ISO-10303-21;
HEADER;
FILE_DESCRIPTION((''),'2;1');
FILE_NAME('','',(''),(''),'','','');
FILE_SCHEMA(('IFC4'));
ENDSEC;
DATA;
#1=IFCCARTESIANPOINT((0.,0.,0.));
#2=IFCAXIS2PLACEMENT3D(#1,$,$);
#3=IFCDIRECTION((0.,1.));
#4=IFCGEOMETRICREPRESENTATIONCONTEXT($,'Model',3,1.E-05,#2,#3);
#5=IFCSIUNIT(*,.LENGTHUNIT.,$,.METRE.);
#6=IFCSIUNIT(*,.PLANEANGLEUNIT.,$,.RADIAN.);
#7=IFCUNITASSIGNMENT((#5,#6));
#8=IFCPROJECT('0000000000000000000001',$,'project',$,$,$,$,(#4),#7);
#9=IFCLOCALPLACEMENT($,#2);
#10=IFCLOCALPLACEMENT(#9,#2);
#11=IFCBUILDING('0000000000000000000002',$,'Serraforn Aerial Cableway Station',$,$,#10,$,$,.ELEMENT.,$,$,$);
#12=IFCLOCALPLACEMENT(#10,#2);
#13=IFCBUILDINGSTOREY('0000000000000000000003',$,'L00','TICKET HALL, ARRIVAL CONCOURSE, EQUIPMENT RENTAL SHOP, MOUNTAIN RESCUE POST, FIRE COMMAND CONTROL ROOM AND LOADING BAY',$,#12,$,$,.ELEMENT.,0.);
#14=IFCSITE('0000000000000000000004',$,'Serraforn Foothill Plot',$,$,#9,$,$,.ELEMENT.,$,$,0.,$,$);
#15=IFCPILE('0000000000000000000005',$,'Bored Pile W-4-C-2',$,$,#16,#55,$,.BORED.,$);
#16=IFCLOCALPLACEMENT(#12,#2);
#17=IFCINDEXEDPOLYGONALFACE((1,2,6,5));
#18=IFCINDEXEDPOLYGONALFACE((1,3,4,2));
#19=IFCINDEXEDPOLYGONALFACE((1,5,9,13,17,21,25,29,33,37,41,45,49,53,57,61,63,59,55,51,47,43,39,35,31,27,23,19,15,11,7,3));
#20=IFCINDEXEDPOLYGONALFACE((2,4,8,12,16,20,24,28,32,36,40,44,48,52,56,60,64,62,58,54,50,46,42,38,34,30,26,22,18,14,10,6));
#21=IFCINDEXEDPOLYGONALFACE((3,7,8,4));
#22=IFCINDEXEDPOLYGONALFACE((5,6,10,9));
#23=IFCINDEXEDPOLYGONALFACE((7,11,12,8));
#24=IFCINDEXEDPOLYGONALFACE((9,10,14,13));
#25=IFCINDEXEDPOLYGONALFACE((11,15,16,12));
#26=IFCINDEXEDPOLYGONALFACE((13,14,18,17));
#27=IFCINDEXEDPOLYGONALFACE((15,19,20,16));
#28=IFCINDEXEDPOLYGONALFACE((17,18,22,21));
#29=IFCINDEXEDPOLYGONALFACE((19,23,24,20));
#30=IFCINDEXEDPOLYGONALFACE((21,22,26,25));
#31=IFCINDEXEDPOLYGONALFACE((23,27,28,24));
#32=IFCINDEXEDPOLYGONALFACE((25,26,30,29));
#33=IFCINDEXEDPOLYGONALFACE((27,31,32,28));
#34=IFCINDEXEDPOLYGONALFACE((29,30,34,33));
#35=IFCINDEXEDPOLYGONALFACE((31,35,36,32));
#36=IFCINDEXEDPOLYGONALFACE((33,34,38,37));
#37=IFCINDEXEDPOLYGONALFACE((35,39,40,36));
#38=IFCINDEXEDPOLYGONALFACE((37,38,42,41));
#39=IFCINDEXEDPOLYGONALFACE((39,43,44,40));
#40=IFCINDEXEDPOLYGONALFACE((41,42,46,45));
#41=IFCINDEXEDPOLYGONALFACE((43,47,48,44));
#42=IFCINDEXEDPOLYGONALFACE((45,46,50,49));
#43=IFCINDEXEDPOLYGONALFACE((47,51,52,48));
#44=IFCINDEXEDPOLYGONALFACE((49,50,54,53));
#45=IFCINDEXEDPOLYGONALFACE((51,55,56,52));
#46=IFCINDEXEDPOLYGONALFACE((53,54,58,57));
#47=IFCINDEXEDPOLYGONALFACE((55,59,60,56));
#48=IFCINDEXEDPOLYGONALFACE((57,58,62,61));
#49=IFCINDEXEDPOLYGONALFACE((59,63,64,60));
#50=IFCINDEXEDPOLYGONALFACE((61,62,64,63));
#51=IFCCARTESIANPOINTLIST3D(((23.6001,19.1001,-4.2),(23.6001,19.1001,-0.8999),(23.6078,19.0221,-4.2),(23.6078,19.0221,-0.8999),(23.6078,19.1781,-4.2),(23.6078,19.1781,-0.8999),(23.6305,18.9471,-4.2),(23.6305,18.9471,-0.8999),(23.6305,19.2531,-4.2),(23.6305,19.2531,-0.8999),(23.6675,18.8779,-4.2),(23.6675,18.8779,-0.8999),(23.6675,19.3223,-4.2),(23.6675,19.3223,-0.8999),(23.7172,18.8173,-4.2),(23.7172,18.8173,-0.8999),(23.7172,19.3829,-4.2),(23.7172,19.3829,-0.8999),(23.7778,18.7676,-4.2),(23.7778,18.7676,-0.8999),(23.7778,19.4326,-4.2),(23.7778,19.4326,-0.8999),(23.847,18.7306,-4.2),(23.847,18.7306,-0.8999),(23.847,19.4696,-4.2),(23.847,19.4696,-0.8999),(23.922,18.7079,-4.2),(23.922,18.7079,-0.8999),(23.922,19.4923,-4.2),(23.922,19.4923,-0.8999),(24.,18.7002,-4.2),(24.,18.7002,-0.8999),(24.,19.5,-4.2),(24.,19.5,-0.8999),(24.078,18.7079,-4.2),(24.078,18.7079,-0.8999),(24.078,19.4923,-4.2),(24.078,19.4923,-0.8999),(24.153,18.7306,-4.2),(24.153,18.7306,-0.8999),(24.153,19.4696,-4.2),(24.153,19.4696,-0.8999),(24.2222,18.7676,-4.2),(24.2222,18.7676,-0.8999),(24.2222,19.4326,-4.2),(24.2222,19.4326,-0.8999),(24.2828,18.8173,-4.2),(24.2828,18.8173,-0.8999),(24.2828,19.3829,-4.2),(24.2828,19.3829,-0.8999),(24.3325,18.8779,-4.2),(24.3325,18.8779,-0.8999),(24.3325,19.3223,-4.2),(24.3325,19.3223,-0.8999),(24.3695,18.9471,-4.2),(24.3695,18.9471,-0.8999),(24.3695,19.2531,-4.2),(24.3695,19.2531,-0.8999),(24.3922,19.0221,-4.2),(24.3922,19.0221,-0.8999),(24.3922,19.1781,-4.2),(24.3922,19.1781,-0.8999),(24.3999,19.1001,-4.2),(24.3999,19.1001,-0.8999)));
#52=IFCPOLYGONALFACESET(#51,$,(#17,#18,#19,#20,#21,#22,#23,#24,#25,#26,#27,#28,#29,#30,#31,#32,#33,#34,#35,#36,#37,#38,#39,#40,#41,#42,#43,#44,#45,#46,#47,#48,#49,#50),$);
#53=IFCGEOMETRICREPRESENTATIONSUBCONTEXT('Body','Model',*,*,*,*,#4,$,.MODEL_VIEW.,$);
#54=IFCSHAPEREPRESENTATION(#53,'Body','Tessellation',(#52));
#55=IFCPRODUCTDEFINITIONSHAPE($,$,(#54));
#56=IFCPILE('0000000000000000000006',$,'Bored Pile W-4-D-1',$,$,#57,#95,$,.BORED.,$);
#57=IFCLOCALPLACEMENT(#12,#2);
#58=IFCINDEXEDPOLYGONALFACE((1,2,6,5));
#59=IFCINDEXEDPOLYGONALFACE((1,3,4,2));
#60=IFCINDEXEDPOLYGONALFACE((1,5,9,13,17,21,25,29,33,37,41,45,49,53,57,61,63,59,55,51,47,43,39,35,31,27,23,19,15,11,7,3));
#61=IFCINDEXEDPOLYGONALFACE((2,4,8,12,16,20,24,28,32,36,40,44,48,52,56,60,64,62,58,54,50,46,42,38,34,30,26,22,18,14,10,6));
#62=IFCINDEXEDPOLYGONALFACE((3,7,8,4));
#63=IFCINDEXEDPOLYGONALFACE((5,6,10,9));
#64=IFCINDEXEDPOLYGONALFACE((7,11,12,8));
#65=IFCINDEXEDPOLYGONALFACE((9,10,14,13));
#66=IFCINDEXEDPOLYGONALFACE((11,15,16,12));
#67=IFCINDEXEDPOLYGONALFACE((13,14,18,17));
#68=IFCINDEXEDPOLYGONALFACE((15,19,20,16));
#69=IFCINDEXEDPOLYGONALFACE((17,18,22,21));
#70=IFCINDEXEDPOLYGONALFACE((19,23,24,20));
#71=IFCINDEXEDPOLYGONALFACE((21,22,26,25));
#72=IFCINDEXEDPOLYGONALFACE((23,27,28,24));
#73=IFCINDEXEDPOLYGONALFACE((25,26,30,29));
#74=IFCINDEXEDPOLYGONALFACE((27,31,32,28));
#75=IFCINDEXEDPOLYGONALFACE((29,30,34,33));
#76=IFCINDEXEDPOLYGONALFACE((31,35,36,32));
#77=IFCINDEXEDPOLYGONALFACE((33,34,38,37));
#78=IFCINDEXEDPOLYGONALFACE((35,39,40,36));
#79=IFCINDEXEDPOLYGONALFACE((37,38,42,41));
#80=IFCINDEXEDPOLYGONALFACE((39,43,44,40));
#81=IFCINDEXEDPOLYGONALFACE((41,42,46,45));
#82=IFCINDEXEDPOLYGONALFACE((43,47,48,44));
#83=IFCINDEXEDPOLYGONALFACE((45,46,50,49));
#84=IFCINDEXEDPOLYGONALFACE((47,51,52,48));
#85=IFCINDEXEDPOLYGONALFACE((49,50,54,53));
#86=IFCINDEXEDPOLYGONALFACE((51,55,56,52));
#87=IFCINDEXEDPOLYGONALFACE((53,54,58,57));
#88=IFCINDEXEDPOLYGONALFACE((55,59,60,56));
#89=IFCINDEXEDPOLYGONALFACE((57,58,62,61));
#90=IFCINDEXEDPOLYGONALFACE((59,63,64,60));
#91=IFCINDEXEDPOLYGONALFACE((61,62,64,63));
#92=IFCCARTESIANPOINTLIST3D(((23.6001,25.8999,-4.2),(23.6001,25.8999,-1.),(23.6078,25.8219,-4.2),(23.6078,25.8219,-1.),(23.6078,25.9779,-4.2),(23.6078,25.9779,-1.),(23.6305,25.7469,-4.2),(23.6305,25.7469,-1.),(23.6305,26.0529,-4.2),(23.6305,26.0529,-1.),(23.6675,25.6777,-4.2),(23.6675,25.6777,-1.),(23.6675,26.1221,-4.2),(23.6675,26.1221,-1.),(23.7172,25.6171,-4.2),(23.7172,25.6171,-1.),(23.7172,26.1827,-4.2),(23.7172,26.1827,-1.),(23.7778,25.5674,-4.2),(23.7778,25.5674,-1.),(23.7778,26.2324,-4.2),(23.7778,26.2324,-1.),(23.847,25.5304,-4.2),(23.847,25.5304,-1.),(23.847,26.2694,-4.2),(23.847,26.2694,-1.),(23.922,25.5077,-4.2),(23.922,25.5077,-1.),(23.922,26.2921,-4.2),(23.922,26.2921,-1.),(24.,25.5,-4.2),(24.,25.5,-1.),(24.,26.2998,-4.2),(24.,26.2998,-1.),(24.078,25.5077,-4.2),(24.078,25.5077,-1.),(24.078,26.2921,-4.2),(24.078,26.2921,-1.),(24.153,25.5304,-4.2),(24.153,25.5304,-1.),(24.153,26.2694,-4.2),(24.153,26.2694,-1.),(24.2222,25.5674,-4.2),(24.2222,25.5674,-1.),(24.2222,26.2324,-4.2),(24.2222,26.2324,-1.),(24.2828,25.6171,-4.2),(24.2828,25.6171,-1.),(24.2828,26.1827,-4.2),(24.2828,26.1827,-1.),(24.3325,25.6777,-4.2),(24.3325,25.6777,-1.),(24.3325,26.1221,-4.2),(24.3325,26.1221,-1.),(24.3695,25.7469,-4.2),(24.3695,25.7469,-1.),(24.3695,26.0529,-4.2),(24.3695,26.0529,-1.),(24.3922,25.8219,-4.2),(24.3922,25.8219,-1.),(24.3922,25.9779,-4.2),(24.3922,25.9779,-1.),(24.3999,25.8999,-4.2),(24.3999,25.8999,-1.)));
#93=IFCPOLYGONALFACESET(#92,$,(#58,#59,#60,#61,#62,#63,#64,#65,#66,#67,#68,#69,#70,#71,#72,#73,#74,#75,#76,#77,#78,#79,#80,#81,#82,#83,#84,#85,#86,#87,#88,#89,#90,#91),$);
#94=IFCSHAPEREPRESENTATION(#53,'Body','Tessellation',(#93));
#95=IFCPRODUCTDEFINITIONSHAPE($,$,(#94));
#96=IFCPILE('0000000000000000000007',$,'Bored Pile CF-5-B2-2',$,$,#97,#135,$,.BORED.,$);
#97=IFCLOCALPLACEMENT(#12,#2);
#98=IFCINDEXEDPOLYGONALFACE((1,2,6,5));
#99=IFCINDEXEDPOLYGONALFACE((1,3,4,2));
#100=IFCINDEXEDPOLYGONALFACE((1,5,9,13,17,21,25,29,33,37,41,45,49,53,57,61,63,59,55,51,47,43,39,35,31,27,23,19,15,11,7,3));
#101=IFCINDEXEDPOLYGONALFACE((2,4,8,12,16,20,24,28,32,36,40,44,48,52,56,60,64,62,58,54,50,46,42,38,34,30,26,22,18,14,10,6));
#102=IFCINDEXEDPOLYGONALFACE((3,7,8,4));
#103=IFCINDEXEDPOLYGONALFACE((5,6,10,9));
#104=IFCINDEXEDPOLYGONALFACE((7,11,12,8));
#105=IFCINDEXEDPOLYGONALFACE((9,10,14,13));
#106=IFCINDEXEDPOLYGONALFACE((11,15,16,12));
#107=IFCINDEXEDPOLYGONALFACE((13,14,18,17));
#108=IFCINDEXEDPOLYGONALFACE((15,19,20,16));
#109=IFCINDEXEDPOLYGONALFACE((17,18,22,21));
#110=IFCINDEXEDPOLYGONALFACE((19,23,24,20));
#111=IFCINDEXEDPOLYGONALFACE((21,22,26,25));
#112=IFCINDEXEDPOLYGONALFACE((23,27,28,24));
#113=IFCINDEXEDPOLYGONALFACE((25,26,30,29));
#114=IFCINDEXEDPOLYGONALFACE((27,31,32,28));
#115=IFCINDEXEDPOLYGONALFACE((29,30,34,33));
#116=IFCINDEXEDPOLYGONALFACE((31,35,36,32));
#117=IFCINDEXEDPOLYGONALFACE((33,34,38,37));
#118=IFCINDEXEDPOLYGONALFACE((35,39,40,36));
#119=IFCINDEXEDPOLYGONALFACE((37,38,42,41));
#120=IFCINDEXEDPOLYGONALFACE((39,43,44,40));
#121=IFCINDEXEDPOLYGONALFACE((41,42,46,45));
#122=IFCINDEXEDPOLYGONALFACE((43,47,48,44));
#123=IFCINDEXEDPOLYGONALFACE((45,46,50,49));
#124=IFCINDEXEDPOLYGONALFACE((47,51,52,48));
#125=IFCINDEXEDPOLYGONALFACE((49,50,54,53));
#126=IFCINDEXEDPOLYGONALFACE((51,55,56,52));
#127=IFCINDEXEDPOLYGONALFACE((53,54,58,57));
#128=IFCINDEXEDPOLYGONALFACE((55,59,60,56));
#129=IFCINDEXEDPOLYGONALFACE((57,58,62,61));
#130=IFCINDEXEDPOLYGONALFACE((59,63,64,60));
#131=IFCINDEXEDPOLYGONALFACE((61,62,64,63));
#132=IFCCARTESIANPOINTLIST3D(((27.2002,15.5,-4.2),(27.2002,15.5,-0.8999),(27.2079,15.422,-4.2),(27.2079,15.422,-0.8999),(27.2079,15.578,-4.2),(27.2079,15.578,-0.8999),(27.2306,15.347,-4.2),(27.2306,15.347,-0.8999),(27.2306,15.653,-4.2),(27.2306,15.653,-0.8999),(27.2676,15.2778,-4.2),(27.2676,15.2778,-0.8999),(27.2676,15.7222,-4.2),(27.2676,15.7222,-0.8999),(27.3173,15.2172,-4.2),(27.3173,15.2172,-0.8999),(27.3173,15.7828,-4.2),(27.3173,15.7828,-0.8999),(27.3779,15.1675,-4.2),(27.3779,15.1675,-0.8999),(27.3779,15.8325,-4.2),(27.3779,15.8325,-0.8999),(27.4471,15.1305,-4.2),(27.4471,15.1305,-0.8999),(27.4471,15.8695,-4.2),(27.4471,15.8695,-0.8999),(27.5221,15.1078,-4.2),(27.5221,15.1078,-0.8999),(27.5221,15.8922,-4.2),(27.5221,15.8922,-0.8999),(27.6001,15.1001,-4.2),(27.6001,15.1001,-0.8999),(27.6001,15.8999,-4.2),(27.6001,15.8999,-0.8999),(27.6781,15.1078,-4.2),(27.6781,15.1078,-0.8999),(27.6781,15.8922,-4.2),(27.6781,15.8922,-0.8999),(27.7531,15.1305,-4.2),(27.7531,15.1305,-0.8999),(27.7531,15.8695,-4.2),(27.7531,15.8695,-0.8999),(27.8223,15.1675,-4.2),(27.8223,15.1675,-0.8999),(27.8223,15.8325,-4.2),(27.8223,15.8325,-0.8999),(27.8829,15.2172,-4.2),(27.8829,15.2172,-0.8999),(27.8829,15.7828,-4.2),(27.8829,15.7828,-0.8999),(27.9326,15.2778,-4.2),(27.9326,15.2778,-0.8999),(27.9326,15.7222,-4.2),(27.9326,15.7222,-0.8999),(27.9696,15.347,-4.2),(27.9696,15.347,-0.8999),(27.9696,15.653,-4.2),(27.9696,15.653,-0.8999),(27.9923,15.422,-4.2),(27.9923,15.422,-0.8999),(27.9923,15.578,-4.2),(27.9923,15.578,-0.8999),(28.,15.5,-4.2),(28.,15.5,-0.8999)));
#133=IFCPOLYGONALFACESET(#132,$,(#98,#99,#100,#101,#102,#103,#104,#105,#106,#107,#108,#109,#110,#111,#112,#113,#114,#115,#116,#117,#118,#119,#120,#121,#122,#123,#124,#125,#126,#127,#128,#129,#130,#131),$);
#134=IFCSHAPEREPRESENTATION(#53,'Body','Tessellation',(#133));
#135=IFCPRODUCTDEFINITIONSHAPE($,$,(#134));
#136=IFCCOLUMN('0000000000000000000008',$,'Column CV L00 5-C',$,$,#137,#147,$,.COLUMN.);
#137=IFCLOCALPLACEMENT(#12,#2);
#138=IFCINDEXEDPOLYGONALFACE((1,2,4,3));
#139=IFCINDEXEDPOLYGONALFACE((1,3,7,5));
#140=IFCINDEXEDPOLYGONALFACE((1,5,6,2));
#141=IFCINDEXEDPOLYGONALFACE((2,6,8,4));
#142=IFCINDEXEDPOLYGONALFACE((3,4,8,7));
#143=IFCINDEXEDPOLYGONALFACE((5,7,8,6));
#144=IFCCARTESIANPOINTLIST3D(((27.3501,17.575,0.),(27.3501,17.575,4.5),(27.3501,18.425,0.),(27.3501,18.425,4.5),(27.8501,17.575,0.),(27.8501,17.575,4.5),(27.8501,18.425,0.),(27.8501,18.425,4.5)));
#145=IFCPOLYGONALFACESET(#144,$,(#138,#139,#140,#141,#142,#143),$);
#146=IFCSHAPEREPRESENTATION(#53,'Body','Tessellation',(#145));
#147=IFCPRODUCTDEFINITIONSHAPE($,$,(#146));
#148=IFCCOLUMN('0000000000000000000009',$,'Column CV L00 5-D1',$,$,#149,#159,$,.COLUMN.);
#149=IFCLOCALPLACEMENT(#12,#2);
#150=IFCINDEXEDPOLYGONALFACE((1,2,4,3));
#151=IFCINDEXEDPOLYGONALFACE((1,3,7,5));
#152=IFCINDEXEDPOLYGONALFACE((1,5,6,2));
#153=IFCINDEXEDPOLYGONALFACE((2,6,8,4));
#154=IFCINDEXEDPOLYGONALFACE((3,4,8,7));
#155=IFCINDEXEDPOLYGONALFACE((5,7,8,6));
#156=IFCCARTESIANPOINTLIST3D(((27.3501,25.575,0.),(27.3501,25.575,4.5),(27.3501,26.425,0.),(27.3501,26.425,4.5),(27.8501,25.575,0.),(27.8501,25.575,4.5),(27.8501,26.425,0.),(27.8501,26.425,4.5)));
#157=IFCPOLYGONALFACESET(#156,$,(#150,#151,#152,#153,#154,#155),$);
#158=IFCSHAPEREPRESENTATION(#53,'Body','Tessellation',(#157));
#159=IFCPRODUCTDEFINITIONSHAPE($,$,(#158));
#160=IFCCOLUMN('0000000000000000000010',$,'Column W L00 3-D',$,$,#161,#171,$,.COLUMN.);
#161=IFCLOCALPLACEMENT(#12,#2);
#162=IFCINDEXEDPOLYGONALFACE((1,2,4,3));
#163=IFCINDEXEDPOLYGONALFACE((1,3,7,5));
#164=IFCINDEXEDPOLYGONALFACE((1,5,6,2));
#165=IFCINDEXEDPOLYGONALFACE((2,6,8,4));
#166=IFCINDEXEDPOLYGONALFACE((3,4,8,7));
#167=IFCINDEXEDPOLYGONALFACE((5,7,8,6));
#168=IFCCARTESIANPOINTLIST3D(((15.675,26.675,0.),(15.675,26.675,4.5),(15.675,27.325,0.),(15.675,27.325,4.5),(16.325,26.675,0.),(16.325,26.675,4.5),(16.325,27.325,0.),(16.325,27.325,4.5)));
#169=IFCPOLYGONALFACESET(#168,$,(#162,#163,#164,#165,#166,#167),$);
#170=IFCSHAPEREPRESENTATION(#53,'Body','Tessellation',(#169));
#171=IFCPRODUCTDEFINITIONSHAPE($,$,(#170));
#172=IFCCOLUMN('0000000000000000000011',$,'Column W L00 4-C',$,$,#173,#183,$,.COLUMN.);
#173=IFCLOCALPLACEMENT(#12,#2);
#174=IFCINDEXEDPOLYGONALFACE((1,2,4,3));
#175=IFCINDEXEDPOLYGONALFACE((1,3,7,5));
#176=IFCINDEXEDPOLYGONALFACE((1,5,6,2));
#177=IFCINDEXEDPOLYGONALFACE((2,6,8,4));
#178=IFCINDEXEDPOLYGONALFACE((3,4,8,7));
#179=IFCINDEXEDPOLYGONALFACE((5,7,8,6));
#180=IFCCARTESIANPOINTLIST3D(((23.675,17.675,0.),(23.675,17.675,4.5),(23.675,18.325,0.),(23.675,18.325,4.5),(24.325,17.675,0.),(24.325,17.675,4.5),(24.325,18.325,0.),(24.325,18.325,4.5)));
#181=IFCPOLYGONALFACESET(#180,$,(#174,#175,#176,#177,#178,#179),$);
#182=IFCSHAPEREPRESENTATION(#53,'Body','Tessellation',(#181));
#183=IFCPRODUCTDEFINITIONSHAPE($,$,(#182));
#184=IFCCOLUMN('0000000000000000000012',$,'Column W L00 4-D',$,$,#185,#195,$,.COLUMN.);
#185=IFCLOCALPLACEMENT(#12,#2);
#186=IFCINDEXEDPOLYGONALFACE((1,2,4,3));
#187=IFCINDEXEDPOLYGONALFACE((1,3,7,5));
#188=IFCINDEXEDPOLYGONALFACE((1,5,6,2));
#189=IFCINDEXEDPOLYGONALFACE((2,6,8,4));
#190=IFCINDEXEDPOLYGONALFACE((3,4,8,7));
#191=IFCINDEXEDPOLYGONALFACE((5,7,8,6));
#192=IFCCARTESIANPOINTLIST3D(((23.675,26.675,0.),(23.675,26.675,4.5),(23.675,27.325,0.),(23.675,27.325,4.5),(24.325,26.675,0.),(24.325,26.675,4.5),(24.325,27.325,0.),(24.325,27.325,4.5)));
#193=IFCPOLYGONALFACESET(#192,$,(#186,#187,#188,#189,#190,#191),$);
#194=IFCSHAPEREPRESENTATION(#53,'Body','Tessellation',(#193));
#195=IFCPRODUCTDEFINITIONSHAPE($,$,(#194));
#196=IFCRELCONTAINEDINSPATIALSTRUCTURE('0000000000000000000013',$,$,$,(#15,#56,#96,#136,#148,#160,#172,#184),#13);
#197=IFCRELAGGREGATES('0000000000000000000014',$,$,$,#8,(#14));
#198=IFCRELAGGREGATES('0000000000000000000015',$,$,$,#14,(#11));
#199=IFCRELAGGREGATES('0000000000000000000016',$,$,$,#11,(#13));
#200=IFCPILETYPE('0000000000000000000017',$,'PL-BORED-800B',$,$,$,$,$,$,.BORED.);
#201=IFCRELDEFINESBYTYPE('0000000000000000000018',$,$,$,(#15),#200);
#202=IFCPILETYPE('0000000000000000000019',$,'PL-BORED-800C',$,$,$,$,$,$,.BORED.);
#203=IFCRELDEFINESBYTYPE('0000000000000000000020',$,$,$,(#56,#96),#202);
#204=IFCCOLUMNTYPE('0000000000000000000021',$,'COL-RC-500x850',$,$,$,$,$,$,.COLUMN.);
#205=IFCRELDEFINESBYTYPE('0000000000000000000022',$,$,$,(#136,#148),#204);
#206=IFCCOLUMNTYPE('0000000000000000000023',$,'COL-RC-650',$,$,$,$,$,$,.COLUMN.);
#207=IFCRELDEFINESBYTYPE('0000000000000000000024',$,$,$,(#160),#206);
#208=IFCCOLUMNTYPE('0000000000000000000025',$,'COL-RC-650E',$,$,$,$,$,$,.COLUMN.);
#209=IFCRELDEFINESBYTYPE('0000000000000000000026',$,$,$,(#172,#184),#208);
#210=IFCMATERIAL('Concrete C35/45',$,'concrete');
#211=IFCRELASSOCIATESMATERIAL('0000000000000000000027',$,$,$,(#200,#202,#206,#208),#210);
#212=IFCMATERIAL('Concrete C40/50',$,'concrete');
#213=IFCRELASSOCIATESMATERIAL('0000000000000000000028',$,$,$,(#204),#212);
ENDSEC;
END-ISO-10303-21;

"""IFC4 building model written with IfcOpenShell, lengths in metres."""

from ifc_helpers import new_model, si_unit, direction, frame, origin, origin_2d, place, context, subcontext, project, spatial, rectangle, circle, extrude, material, material_profile, profile_set, type_object, element, save


model = new_model("IFC4")

# Units and contexts
model_context = context("Model", 3, precision=1e-05, world=origin(), true_north=direction((0.0, 1.0)))
body_context = subcontext(model_context, "Body", "Model", "MODEL_VIEW")
ifc_project = project(units=[si_unit("LENGTHUNIT", "METRE"), si_unit("PLANEANGLEUNIT", "RADIAN")], contexts=[model_context])

# Site, building, storey
site_placement = place(None, origin())
site = spatial("IfcSite", under=ifc_project, at=site_placement, Name="Serraforn Foothill Plot", CompositionType="ELEMENT", RefElevation=0.0)
building_placement = place(site_placement, origin())
building = spatial("IfcBuilding", under=site, at=building_placement, Name="Serraforn Aerial Cableway Station", CompositionType="ELEMENT")
storey_placement = place(building_placement, origin())
storey = spatial("IfcBuildingStorey", under=building, at=storey_placement, Name="L00", Description="TICKET HALL, ARRIVAL CONCOURSE, EQUIPMENT RENTAL SHOP, MOUNTAIN RESCUE POST, FIRE COMMAND CONTROL ROOM AND LOADING BAY", CompositionType="ELEMENT", Elevation=0.0)

# Shared definitions
ifc_material_1 = material(Name="Concrete C35/45", Category="concrete")

# Piles
ifc_material_profile_1 = material_profile(ifc_material_1, circle(Radius=0.3999, at=origin_2d()), Name="BORED PILE D800")
ifc_profile_set_1 = profile_set([ifc_material_profile_1], Name="Concrete C35/45")
pile_type_1 = type_object("IfcPileType", Name="PL-BORED-800B", PredefinedType="BORED", material=ifc_profile_set_1)
for number, where, z_axis, x_axis, name in (
    (1, (24.0, 19.1001, -0.8999), (0.0, 0.0, -1.0), (1.0, 0.0, 0.0), "Bored Pile W-4-C-2"),
):
    element("IfcPile", number, at=place(storey_placement, frame(where, z_axis=z_axis, x_axis=x_axis)), inside=storey, type_object=pile_type_1, Name=name, PredefinedType="BORED", context=body_context, shape_type="SweptSolid", body=[
        extrude(circle(Radius=0.3999, at=origin_2d()), origin(), (0.0, 0.0, 1.0), 3.3),
    ])
ifc_material_profile_2 = material_profile(ifc_material_1, circle(Radius=0.3999, at=origin_2d()), Name="BORED PILE D800")
ifc_profile_set_2 = profile_set([ifc_material_profile_2], Name="Concrete C35/45")
pile_type_2 = type_object("IfcPileType", Name="PL-BORED-800C", PredefinedType="BORED", material=ifc_profile_set_2)
pile_1_placement = place(storey_placement, frame((24.0, 25.8999, -1.0), z_axis=(0.0, 0.0, -1.0), x_axis=(1.0, 0.0, 0.0)))
element("IfcPile", 2, at=pile_1_placement, inside=storey, type_object=pile_type_2, Name="Bored Pile W-4-D-1", PredefinedType="BORED", context=body_context, shape_type="SweptSolid", body=[
    extrude(circle(Radius=0.3999, at=origin_2d()), origin(), (0.0, 0.0, 1.0), 3.2),
])
pile_2_placement = place(storey_placement, frame((27.6001, 15.5, -0.8999), z_axis=(0.0, 0.0, -1.0), x_axis=(1.0, 0.0, 0.0)))
element("IfcPile", 3, at=pile_2_placement, inside=storey, type_object=pile_type_2, Name="Bored Pile CF-5-B2-2", PredefinedType="BORED", context=body_context, shape_type="SweptSolid", body=[
    extrude(circle(Radius=0.3999, at=origin_2d()), origin(), (0.0, 0.0, 1.0), 3.3),
])

# Columns
ifc_material_2 = material(Name="Concrete C40/50", Category="concrete")
ifc_material_profile_3 = material_profile(ifc_material_2, rectangle(XDim=0.5, YDim=0.8501, at=origin_2d()), Name="RC 500x850")
ifc_profile_set_3 = profile_set([ifc_material_profile_3], Name="Concrete C40/50")
column_type_1 = type_object("IfcColumnType", Name="COL-RC-500x850", PredefinedType="COLUMN", material=ifc_profile_set_3)
for number, where, z_axis, x_axis, name in (
    (4, (27.6001, 18.0, 0.0), (0.0, 0.0, 1.0), (1.0, 0.0, 0.0), "Column CV L00 5-C"),
    (5, (27.6001, 26.0, 0.0), (0.0, 0.0, 1.0), (1.0, 0.0, 0.0), "Column CV L00 5-D1"),
):
    element("IfcColumn", number, at=place(storey_placement, frame(where, z_axis=z_axis, x_axis=x_axis)), inside=storey, type_object=column_type_1, Name=name, PredefinedType="COLUMN", context=body_context, shape_type="SweptSolid", body=[
        extrude(rectangle(XDim=0.5, YDim=0.8501, at=origin_2d()), origin(), (0.0, 0.0, 1.0), 4.5),
    ])
ifc_material_profile_4 = material_profile(ifc_material_1, rectangle(XDim=0.6499, YDim=0.6499, at=origin_2d()), Name="RC 650x650")
ifc_profile_set_4 = profile_set([ifc_material_profile_4], Name="Concrete C35/45")
column_type_2 = type_object("IfcColumnType", Name="COL-RC-650", PredefinedType="COLUMN", material=ifc_profile_set_4)
column_placement = place(storey_placement, frame((16.0, 27.0, 0.0), z_axis=(0.0, 0.0, 1.0), x_axis=(1.0, 0.0, 0.0)))
element("IfcColumn", 6, at=column_placement, inside=storey, type_object=column_type_2, Name="Column W L00 3-D", PredefinedType="COLUMN", context=body_context, shape_type="SweptSolid", body=[
    extrude(rectangle(XDim=0.6499, YDim=0.6499, at=origin_2d()), origin(), (0.0, 0.0, 1.0), 4.5),
])
ifc_material_profile_5 = material_profile(ifc_material_1, rectangle(XDim=0.6499, YDim=0.6499, at=origin_2d()), Name="RC 650x650")
ifc_profile_set_5 = profile_set([ifc_material_profile_5], Name="Concrete C35/45")
column_type_3 = type_object("IfcColumnType", Name="COL-RC-650E", PredefinedType="COLUMN", material=ifc_profile_set_5)
for number, where, z_axis, x_axis, name in (
    (7, (24.0, 18.0, 0.0), (0.0, 0.0, 1.0), (1.0, 0.0, 0.0), "Column W L00 4-C"),
    (8, (24.0, 27.0, 0.0), (0.0, 0.0, 1.0), (1.0, 0.0, 0.0), "Column W L00 4-D"),
):
    element("IfcColumn", number, at=place(storey_placement, frame(where, z_axis=z_axis, x_axis=x_axis)), inside=storey, type_object=column_type_3, Name=name, PredefinedType="COLUMN", context=body_context, shape_type="SweptSolid", body=[
        extrude(rectangle(XDim=0.6499, YDim=0.6499, at=origin_2d()), origin(), (0.0, 0.0, 1.0), 4.5),
    ])

save(model, "model.ifc")
